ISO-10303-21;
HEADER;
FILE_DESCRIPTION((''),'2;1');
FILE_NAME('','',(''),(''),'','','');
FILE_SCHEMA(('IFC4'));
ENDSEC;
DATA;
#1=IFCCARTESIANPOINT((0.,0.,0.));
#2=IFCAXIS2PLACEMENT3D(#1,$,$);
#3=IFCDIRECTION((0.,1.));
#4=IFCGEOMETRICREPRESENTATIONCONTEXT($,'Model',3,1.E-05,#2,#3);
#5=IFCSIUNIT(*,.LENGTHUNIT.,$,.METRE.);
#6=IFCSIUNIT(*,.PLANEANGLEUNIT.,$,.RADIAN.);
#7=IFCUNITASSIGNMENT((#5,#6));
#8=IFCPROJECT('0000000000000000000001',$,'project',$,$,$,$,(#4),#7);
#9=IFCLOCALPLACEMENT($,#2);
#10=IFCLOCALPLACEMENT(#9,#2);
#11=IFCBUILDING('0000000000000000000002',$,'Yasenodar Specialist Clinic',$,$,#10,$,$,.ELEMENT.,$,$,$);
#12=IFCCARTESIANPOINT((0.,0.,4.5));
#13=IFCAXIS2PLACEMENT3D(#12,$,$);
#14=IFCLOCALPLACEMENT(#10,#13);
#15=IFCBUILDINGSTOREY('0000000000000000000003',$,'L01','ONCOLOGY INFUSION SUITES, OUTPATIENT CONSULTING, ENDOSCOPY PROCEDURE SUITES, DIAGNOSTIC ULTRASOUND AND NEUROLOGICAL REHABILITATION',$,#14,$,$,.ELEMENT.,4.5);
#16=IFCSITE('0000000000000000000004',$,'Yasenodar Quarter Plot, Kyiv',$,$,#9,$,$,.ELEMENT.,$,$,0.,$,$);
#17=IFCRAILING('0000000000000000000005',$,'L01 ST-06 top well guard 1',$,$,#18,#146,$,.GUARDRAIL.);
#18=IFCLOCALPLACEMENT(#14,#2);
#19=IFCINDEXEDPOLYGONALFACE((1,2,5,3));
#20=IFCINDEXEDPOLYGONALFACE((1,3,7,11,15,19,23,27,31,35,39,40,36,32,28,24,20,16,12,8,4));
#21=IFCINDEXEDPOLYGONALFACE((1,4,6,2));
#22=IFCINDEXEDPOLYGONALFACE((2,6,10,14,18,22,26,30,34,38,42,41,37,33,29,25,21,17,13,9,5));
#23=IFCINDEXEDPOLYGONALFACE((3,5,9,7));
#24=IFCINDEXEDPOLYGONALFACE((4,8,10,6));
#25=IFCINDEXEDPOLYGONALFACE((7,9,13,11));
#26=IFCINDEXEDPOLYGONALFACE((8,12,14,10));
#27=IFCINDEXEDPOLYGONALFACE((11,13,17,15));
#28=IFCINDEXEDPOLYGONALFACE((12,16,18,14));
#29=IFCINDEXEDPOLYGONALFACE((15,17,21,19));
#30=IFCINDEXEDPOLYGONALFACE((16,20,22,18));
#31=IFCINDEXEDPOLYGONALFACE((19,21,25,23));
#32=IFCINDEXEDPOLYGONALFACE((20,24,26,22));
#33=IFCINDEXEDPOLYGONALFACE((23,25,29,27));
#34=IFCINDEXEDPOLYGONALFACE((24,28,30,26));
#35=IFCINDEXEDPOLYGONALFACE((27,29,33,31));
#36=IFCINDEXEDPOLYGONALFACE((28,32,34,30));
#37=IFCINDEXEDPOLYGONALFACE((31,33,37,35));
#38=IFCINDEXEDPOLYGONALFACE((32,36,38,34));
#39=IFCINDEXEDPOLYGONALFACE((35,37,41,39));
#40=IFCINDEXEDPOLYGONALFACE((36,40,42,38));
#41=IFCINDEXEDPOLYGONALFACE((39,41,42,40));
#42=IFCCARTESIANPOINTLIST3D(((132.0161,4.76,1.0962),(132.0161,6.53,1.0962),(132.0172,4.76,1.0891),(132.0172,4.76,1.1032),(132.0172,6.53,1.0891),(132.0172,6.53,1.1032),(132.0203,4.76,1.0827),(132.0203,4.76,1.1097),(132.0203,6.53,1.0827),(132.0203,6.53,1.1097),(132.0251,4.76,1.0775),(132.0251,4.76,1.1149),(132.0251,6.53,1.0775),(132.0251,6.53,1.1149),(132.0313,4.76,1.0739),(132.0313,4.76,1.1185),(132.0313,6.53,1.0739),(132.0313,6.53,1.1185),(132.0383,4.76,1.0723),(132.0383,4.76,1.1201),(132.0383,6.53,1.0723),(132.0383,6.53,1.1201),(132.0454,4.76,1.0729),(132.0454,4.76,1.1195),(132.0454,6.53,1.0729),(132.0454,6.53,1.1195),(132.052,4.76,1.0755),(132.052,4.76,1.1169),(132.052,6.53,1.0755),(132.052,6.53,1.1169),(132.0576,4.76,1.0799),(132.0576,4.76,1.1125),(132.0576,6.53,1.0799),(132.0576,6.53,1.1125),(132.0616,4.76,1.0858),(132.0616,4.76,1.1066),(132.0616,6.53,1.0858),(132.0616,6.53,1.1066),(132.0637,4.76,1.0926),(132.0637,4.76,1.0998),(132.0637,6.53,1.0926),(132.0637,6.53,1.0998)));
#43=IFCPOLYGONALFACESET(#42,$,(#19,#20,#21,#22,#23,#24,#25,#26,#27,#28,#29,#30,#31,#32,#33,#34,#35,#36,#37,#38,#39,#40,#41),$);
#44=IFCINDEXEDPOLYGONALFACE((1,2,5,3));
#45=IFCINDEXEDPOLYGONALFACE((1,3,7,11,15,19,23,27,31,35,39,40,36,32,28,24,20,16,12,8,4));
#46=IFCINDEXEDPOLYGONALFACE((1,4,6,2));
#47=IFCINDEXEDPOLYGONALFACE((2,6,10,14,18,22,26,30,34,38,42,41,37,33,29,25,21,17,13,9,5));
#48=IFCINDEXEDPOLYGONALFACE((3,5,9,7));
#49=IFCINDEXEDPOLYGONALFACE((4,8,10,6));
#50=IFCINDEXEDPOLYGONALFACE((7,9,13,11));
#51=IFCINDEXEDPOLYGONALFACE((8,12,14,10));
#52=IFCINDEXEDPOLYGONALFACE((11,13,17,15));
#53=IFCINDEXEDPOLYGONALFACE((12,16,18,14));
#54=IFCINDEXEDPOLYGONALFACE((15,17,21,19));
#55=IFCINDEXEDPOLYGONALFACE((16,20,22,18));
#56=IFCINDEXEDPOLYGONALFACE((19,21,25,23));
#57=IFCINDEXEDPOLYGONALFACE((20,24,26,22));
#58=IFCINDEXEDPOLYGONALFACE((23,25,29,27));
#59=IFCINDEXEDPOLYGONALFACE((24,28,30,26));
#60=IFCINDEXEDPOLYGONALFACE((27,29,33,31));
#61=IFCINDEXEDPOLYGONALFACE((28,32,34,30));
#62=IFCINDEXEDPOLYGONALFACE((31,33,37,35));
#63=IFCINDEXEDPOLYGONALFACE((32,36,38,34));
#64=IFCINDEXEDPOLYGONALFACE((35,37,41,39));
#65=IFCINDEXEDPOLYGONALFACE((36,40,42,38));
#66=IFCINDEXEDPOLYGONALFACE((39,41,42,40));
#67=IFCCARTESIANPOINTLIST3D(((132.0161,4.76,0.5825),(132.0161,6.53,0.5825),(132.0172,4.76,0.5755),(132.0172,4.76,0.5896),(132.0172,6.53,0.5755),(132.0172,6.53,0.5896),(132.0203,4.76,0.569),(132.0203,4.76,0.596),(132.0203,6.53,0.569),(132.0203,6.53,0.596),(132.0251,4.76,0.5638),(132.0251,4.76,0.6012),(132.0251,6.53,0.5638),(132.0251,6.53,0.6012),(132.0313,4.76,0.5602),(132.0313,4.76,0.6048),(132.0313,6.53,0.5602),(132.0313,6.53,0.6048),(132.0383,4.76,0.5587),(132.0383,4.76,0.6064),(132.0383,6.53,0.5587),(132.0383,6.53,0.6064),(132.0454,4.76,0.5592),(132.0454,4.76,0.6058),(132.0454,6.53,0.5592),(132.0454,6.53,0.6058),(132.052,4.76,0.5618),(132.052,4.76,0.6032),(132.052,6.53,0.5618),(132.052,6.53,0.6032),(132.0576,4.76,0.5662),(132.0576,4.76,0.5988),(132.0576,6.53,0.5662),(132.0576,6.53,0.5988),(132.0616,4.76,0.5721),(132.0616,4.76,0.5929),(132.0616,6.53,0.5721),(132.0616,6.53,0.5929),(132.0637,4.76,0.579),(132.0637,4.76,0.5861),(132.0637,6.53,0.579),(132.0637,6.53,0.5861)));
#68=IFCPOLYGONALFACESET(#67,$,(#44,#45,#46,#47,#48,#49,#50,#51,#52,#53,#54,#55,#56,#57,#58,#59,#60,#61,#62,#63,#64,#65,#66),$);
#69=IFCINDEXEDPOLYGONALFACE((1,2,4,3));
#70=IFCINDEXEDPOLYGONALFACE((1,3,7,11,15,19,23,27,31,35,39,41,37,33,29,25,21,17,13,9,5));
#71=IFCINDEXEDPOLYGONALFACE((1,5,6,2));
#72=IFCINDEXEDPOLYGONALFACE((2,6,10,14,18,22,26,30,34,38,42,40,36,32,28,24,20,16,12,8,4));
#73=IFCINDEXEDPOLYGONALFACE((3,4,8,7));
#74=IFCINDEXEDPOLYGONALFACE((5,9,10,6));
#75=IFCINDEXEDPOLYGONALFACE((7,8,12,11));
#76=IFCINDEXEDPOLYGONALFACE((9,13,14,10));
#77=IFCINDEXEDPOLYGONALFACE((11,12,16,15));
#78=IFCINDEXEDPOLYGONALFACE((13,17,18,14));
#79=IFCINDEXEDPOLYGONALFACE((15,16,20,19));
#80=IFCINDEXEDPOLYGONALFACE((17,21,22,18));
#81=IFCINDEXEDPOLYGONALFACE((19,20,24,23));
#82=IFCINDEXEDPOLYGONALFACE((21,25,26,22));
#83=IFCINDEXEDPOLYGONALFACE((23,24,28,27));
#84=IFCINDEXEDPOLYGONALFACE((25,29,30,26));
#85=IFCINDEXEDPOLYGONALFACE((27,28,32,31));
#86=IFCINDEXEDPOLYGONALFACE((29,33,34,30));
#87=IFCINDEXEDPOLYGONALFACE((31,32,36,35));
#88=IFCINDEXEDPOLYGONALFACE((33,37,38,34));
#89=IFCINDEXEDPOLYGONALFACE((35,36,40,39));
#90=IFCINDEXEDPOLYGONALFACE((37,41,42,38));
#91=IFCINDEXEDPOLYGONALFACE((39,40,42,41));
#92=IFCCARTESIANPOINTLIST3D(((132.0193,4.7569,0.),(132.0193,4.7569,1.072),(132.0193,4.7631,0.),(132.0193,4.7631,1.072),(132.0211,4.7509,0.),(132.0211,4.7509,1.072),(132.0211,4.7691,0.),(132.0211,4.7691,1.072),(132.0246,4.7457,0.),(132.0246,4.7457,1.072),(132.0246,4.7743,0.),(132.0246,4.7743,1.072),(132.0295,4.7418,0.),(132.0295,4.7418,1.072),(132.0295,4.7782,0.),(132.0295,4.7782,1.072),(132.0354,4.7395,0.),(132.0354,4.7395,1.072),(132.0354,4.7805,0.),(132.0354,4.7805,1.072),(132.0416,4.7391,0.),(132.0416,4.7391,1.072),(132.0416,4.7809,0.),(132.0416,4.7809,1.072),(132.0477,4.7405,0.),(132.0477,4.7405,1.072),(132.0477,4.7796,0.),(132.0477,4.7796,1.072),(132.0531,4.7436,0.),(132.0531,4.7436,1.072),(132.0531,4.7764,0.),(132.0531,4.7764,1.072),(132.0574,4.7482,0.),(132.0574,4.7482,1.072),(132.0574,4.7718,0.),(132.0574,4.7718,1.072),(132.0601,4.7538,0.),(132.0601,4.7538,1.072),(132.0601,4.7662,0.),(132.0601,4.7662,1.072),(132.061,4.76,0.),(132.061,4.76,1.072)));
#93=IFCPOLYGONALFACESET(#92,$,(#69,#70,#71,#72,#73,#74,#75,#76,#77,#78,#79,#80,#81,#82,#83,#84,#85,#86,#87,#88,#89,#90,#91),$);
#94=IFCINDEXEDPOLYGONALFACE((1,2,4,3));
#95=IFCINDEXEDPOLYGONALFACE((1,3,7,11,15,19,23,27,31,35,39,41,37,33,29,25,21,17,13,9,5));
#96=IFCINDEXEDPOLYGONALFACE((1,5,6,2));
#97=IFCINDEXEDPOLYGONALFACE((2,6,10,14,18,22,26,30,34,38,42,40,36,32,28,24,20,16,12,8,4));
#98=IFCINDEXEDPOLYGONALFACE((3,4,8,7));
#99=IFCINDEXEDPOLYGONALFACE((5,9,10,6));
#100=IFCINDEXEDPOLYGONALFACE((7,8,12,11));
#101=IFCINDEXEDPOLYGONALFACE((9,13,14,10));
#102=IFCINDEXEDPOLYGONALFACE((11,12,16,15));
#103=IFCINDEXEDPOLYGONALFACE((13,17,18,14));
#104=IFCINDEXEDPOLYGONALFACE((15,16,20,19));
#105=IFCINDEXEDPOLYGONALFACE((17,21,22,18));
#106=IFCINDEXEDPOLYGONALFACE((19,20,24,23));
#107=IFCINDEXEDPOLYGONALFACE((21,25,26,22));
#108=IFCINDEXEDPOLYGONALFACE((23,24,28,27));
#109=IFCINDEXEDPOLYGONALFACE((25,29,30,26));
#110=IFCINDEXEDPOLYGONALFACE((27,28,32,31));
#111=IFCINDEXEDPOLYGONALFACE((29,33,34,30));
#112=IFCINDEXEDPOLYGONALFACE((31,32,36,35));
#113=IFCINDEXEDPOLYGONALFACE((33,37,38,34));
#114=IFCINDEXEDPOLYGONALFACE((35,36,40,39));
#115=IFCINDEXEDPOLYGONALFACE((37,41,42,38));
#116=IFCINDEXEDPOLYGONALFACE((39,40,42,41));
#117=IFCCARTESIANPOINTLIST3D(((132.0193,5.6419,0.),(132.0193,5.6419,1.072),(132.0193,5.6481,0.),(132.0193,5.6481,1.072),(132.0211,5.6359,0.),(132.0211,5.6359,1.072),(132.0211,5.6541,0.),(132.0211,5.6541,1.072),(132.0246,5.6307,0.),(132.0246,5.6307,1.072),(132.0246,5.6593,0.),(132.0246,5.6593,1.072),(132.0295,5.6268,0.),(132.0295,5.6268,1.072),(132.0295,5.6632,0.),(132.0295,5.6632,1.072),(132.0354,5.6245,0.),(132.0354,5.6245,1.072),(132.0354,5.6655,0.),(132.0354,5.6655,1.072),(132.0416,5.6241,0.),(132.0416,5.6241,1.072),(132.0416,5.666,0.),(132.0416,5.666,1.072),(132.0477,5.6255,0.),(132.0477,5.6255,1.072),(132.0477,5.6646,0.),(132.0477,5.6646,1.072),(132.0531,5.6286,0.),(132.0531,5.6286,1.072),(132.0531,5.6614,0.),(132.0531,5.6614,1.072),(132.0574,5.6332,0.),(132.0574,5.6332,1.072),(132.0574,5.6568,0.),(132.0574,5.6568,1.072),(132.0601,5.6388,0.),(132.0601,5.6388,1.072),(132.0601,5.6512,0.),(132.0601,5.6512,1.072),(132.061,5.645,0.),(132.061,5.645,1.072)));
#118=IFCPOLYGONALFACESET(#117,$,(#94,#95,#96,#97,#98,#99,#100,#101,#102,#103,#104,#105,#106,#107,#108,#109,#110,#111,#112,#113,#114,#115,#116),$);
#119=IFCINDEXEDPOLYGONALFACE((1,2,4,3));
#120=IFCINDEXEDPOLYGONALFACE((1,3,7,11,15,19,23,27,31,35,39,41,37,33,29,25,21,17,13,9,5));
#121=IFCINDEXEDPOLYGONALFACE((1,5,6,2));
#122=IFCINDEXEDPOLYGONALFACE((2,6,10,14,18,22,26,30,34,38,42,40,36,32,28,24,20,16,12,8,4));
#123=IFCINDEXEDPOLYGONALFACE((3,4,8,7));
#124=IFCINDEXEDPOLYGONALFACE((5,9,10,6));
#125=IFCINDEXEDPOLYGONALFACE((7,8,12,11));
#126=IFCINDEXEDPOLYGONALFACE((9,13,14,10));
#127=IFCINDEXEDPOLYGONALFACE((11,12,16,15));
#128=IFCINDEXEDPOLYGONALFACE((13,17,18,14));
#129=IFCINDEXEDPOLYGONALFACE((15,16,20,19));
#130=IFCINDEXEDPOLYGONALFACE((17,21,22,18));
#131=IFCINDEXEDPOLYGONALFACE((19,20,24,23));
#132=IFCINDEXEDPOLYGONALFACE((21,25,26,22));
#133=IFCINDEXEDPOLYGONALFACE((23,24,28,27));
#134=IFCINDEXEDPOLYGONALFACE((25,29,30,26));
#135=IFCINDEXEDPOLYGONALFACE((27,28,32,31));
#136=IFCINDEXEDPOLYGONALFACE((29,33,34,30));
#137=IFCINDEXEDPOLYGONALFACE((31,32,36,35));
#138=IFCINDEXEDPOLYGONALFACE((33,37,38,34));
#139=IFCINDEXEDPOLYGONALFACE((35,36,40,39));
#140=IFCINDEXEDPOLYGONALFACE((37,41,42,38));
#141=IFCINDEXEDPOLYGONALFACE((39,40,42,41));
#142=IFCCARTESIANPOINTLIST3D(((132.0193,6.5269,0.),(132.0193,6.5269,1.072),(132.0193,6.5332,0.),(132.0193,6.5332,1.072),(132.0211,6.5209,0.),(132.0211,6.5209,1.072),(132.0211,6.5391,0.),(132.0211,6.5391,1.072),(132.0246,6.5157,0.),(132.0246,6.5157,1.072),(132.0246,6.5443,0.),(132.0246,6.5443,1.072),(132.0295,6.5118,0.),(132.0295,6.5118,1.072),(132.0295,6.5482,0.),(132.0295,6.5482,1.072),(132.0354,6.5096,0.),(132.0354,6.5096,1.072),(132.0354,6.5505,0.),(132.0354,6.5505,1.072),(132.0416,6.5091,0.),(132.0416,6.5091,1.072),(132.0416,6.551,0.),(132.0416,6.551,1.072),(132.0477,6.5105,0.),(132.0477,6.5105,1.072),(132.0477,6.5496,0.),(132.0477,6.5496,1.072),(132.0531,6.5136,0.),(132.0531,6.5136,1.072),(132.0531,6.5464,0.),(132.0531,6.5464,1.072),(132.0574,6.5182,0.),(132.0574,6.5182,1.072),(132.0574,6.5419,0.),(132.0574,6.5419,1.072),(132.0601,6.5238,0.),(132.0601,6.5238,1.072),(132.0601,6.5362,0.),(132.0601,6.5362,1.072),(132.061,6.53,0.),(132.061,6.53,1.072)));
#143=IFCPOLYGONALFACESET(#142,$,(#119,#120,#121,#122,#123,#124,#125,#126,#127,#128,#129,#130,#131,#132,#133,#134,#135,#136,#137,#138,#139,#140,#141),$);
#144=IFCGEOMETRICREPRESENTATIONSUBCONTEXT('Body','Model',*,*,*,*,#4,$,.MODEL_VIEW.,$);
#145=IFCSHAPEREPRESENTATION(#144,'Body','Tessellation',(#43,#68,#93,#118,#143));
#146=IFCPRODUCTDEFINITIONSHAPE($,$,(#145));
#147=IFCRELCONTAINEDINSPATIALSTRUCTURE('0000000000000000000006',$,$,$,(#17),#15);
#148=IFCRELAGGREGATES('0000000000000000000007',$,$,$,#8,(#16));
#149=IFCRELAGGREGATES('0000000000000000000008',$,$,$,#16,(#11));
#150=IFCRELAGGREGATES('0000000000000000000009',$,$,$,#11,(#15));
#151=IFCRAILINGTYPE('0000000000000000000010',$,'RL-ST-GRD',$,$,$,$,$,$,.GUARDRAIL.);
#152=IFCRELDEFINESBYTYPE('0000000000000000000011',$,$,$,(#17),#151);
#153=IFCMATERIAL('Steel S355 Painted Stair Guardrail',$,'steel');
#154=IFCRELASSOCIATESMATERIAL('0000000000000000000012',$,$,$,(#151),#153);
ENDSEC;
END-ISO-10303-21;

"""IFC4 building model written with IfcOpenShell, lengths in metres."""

from ifc_helpers import new_model, si_unit, direction, frame, origin, origin_2d, place, context, subcontext, project, spatial, circle, extrude, material, type_object, element, save


model = new_model("IFC4")

# Units and contexts
model_context = context("Model", 3, precision=1e-05, world=origin(), true_north=direction((0.0, 1.0)))
body_context = subcontext(model_context, "Body", "Model", "MODEL_VIEW")
ifc_project = project(units=[si_unit("LENGTHUNIT", "METRE"), si_unit("PLANEANGLEUNIT", "RADIAN")], contexts=[model_context])

# Site, building, storey
site_placement = place(None, origin())
site = spatial("IfcSite", under=ifc_project, at=site_placement, Name="Yasenodar Quarter Plot, Kyiv", CompositionType="ELEMENT", RefElevation=0.0)
building_placement = place(site_placement, origin())
building = spatial("IfcBuilding", under=site, at=building_placement, Name="Yasenodar Specialist Clinic", CompositionType="ELEMENT")
storey_placement = place(building_placement, frame((0.0, 0.0, 4.5)))
storey = spatial("IfcBuildingStorey", under=building, at=storey_placement, Name="L01", Description="ONCOLOGY INFUSION SUITES, OUTPATIENT CONSULTING, ENDOSCOPY PROCEDURE SUITES, DIAGNOSTIC ULTRASOUND AND NEUROLOGICAL REHABILITATION", CompositionType="ELEMENT", Elevation=4.5)

# Railing
ifc_material_1 = material(Name="Steel S355 Painted Stair Guardrail", Category="steel")
railing_type = type_object("IfcRailingType", Name="RL-ST-GRD", PredefinedType="GUARDRAIL", material=ifc_material_1)
railing_placement = place(storey_placement, frame((132.04, 4.76, 0.0)))
element("IfcRailing", 1, at=railing_placement, inside=storey, type_object=railing_type, Name="L01 ST-06 top well guard 1", PredefinedType="GUARDRAIL", context=body_context, shape_type="SweptSolid", body=[
    extrude(circle(Radius=0.0239, at=origin_2d()), frame((0.0, 0.0, 1.0962), z_axis=(0.0, 1.0, 0.0), x_axis=(-1.0, 0.0, 0.0)), (0.0, 0.0, 1.0), 1.77),
    extrude(circle(Radius=0.0239, at=origin_2d()), frame((0.0, 0.0, 0.5825), z_axis=(0.0, 1.0, 0.0), x_axis=(-1.0, 0.0, 0.0)), (0.0, 0.0, 1.0), 1.77),
    extrude(circle(Radius=0.021, at=origin_2d()), origin(), (0.0, 0.0, 1.0), 1.072),
    extrude(circle(Radius=0.021, at=origin_2d()), frame((0.0, 0.885, 0.0)), (0.0, 0.0, 1.0), 1.072),
    extrude(circle(Radius=0.021, at=origin_2d()), frame((0.0, 1.77, 0.0)), (0.0, 0.0, 1.0), 1.072),
])

save(model, "model.ifc")
